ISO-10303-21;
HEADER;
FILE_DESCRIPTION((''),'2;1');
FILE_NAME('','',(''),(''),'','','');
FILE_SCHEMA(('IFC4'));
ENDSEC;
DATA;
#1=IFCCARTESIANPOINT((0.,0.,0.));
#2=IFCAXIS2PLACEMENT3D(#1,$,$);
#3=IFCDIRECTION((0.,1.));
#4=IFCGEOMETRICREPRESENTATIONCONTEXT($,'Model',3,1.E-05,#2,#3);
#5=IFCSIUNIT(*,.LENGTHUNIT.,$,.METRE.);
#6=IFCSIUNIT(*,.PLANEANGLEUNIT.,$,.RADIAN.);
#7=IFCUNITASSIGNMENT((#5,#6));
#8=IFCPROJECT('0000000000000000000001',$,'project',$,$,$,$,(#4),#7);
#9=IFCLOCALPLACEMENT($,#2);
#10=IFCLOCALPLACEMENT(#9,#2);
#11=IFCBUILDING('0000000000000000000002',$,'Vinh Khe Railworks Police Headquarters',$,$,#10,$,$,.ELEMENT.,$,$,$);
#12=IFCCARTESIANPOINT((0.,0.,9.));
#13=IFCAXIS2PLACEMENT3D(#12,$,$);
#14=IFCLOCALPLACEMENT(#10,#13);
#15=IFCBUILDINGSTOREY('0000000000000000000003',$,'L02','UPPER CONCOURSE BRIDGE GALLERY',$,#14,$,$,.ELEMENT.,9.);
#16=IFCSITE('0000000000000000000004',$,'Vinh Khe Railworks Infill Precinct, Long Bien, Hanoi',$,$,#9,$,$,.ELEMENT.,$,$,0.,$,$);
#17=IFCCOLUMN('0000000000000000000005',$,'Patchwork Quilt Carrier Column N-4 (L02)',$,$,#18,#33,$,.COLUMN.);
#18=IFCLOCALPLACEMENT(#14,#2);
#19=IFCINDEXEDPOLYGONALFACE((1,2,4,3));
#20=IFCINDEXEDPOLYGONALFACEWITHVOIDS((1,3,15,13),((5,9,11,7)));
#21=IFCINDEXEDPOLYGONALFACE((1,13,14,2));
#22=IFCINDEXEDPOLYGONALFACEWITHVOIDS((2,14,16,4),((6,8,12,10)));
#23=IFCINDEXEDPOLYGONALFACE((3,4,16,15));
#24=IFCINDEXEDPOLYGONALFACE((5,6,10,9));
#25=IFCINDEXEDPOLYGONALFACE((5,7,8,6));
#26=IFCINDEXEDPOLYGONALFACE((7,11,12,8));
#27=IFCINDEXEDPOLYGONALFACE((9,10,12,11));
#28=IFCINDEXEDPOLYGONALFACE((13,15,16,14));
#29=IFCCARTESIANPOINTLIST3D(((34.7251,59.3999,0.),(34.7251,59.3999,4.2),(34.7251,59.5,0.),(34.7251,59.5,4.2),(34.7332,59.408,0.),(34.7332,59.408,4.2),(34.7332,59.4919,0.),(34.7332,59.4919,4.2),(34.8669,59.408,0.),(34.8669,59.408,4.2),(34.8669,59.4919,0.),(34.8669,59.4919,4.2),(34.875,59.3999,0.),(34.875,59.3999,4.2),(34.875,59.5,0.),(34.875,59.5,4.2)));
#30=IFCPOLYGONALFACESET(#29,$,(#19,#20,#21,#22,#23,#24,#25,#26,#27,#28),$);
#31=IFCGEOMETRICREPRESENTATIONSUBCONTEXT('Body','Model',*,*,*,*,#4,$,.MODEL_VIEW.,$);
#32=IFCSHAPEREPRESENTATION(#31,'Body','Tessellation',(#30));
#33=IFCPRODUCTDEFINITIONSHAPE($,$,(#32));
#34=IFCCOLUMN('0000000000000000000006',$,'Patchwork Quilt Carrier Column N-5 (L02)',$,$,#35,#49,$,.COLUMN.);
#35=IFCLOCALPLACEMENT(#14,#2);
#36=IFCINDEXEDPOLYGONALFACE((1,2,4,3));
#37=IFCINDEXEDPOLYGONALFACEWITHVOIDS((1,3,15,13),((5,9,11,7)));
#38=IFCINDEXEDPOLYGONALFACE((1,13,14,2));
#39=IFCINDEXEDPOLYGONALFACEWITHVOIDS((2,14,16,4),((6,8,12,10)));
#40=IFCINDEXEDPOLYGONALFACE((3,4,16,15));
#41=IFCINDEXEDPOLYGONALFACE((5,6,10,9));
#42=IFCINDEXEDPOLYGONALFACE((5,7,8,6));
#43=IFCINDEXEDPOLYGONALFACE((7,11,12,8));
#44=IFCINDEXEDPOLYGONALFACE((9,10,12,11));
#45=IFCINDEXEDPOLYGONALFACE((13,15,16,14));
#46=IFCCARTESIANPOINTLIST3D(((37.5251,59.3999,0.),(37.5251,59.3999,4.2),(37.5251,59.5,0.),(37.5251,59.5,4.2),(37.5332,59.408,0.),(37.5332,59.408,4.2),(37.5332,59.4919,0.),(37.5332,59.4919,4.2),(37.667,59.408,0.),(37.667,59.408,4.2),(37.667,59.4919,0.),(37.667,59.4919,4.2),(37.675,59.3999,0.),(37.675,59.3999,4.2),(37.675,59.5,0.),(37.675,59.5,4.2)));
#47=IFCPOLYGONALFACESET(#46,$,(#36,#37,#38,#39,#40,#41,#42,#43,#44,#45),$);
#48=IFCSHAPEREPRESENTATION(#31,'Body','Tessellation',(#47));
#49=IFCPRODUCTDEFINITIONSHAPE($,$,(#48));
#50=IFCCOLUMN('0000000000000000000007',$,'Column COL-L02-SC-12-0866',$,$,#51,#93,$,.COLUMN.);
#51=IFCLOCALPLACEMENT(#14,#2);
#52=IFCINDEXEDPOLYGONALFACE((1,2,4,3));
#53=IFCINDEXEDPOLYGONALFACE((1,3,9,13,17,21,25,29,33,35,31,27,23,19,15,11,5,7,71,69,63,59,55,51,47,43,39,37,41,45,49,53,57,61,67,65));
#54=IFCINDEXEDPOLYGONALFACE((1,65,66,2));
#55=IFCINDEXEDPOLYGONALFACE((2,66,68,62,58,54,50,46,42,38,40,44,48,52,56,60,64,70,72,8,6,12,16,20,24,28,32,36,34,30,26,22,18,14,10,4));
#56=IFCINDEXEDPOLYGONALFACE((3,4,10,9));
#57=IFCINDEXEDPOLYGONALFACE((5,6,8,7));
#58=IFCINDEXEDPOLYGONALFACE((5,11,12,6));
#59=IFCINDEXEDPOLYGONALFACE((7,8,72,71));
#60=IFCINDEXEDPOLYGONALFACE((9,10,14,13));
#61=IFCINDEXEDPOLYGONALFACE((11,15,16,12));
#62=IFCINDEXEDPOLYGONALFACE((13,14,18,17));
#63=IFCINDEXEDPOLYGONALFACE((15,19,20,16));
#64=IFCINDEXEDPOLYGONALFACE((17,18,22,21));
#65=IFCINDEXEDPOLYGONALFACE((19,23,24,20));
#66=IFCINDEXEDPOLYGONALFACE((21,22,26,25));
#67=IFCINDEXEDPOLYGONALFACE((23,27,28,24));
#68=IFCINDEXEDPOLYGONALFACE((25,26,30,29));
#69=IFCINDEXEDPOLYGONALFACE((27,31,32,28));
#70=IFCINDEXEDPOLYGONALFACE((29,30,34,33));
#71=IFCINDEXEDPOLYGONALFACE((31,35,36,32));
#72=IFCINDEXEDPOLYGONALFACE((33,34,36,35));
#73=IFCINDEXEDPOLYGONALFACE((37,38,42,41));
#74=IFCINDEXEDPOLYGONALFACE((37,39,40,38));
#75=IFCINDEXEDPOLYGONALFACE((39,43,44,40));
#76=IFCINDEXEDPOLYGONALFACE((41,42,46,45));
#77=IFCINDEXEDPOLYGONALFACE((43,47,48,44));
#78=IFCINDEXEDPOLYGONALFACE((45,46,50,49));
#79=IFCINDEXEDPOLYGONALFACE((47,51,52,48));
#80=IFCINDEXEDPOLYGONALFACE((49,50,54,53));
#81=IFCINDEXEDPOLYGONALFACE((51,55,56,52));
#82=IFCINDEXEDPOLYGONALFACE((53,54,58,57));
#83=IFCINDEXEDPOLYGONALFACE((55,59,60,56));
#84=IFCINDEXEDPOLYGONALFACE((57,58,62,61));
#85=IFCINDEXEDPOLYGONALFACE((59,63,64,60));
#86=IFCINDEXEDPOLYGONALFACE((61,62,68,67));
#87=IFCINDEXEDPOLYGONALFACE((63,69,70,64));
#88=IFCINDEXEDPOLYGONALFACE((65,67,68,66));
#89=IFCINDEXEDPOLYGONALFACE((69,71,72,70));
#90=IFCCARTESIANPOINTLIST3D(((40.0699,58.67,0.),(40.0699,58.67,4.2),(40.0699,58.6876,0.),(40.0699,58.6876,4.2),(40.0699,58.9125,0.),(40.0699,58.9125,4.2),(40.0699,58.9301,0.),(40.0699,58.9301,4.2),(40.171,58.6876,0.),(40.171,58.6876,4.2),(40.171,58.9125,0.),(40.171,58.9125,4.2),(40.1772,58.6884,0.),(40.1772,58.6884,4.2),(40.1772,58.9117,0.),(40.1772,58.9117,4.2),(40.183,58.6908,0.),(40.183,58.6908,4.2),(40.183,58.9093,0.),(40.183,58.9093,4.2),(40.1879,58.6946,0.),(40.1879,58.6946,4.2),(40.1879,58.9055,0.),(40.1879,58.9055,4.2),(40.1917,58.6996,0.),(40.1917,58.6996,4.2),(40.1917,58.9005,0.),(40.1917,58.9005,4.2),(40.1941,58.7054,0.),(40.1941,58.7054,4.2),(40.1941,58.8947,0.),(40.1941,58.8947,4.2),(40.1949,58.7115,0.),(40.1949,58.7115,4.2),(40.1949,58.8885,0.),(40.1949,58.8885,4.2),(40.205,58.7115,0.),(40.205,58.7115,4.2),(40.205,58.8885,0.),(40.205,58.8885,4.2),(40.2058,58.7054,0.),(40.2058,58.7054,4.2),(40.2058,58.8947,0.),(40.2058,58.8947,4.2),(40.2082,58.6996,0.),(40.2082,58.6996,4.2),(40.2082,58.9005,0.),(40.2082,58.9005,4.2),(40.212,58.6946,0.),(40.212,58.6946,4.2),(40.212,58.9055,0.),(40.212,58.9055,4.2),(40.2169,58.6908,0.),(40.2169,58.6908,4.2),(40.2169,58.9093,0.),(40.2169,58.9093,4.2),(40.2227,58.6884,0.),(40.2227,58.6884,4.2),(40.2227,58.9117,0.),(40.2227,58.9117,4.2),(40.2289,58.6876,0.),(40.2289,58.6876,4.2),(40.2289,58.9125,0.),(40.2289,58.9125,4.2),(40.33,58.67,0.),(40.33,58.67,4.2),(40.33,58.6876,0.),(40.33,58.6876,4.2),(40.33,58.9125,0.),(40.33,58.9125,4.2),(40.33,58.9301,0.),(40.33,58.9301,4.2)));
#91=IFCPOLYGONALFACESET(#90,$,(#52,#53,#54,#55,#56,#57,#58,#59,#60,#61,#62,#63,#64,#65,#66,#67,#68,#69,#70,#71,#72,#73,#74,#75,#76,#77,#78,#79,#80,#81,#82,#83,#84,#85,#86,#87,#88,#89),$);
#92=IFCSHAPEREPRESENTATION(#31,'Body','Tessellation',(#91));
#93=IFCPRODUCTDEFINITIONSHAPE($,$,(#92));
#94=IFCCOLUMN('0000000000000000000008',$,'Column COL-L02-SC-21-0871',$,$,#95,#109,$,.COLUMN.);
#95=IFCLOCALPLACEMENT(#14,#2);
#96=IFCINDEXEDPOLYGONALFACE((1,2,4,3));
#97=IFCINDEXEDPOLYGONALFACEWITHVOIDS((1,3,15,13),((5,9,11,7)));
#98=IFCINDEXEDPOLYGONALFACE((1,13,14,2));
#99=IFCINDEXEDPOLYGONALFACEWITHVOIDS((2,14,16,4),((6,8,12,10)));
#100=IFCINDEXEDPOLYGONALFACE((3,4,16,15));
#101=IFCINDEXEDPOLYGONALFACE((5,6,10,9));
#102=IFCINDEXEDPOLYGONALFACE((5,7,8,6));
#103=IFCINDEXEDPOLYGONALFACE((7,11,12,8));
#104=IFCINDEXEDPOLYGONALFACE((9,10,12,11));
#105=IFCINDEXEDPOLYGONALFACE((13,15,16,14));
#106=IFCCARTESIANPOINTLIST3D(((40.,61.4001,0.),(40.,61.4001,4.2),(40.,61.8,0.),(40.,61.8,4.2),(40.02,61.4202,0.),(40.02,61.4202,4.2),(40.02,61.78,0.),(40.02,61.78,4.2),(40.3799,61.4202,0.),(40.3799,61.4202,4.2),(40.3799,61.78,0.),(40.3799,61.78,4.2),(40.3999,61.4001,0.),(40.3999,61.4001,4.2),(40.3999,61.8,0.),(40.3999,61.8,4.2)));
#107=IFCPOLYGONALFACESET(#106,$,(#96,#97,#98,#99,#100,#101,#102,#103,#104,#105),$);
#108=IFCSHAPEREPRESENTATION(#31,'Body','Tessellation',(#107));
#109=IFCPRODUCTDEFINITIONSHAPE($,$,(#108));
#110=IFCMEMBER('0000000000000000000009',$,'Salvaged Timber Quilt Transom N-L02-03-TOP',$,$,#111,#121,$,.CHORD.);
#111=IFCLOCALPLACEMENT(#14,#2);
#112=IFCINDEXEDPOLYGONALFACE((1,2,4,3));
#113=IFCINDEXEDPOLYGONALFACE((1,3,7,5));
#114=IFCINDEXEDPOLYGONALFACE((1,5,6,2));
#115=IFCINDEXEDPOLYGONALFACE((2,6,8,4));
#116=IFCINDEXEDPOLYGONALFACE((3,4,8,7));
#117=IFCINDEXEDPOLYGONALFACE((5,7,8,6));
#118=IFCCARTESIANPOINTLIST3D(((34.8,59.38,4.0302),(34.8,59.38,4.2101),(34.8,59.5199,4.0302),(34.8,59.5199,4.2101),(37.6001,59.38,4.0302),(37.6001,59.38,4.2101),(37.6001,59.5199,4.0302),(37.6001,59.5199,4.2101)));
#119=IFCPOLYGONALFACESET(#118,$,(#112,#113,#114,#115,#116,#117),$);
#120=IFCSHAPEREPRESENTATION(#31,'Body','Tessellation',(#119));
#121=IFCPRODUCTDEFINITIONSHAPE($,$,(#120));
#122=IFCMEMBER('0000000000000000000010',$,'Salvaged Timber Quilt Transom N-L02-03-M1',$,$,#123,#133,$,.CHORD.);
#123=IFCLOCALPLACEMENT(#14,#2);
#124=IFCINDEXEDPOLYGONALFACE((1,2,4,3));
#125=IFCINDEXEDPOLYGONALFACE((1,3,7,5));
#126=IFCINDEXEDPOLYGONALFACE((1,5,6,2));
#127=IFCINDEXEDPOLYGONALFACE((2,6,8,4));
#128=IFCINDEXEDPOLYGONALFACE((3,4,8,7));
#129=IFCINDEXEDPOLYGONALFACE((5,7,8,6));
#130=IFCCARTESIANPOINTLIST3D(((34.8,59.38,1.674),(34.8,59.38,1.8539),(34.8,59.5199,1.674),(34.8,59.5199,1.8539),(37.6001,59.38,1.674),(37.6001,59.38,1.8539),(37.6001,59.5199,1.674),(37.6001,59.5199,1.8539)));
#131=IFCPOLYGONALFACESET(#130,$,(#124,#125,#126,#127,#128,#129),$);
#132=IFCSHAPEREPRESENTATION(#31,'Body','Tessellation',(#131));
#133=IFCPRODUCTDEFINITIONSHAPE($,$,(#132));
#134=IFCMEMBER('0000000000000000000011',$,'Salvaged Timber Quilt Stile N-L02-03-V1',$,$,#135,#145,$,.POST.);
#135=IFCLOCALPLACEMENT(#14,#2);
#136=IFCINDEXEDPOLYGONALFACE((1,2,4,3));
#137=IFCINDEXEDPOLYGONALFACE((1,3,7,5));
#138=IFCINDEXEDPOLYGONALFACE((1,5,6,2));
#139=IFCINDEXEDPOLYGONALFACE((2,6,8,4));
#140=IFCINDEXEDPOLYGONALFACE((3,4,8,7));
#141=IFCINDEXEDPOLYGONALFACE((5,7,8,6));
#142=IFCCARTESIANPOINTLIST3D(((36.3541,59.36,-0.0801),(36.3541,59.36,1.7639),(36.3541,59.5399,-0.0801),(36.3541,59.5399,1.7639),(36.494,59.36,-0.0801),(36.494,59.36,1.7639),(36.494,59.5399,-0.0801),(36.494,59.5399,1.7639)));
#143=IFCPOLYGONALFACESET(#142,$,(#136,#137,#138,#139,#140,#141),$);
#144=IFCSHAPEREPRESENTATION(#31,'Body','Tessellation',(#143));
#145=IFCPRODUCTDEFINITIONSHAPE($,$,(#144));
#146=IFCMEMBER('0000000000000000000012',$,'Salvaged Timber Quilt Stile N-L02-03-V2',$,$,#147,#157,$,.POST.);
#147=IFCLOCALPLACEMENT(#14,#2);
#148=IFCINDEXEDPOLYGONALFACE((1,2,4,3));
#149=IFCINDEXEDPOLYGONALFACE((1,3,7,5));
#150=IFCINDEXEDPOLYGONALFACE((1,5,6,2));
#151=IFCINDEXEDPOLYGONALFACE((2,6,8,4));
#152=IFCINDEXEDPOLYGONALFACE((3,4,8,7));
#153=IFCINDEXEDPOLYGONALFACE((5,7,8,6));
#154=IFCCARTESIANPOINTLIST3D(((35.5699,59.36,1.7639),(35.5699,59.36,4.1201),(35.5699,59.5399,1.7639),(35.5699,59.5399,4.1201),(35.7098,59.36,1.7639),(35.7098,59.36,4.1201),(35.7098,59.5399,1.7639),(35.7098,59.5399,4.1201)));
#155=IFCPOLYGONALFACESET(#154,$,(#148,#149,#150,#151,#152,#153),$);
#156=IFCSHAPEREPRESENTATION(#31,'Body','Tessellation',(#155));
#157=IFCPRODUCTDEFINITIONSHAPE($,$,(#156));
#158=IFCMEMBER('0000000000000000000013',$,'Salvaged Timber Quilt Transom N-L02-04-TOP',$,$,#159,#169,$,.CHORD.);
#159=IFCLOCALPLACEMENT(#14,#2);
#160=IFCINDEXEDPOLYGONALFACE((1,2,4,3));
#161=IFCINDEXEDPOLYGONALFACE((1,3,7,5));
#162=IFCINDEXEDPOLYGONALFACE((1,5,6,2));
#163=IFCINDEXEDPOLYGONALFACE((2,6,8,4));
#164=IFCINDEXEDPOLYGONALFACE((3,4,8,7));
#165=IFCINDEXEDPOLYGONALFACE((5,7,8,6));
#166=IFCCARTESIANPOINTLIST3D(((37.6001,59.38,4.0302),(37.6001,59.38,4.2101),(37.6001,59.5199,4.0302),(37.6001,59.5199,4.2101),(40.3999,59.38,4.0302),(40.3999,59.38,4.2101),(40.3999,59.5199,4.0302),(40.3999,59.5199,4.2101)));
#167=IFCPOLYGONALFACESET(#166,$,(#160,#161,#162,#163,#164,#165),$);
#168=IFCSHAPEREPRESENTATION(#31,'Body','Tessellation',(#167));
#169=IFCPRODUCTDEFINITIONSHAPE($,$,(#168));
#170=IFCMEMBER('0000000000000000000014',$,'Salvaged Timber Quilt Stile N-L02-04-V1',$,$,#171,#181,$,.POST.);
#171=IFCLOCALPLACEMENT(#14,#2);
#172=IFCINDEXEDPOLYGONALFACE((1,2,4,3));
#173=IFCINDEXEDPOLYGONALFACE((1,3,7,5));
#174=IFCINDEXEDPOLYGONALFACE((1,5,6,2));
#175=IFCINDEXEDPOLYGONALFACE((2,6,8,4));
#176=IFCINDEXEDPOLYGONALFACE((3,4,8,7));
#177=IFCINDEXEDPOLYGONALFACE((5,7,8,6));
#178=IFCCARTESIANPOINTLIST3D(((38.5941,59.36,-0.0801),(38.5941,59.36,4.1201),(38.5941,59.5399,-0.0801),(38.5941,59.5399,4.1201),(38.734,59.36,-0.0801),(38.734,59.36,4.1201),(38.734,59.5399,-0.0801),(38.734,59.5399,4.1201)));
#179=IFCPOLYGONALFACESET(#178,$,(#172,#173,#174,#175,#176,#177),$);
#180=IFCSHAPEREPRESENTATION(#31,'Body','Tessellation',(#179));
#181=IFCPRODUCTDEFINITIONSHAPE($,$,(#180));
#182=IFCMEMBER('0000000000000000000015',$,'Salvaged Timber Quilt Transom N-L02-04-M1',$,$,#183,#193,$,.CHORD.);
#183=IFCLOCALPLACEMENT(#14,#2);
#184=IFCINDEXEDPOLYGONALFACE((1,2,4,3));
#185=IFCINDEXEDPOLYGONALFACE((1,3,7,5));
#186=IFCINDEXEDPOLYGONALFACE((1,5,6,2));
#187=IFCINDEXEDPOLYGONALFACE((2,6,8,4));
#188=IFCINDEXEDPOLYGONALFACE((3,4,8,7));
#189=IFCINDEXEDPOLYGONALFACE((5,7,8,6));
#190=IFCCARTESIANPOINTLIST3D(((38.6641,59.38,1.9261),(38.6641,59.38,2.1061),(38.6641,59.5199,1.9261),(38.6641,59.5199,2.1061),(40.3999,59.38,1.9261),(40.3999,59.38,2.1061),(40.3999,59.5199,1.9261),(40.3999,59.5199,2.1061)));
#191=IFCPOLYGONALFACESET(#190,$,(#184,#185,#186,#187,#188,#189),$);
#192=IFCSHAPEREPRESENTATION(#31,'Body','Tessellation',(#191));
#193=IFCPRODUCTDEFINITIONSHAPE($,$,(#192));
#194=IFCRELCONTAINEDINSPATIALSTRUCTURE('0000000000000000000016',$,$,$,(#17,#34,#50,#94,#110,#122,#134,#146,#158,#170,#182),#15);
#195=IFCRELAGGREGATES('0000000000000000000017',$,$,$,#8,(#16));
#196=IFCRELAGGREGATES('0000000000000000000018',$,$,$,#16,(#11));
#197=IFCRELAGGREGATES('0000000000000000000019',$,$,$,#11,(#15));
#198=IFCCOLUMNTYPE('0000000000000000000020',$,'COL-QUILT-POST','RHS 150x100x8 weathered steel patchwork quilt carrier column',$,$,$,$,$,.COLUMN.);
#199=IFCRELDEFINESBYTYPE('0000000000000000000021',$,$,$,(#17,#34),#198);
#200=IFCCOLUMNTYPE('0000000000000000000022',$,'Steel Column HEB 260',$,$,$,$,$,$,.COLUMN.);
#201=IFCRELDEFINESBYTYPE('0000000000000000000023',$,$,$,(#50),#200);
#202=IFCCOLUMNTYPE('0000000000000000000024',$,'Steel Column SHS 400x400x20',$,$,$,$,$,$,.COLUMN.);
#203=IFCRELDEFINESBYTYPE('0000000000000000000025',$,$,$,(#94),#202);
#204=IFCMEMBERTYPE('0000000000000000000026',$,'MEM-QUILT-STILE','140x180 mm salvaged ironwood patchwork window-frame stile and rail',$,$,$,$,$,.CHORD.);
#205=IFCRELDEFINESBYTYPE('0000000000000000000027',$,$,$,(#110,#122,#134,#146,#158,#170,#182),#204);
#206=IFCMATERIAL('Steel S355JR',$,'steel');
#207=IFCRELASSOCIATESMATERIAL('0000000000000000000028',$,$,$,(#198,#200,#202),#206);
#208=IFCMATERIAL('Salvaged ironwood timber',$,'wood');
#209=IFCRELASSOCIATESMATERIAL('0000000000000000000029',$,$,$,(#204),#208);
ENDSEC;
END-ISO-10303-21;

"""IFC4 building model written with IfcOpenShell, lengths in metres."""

from ifc_helpers import new_model, si_unit, direction, frame, origin, origin_2d, place, context, subcontext, project, spatial, rectangle, hollow_rectangle, i_section, extrude, material, material_profile, profile_set, type_object, element, save


model = new_model("IFC4")

# Units and contexts
model_context = context("Model", 3, precision=1e-05, world=origin(), true_north=direction((0.0, 1.0)))
body_context = subcontext(model_context, "Body", "Model", "MODEL_VIEW")
ifc_project = project(units=[si_unit("LENGTHUNIT", "METRE"), si_unit("PLANEANGLEUNIT", "RADIAN")], contexts=[model_context])

# Site, building, storey
site_placement = place(None, origin())
site = spatial("IfcSite", under=ifc_project, at=site_placement, Name="Vinh Khe Railworks Infill Precinct, Long Bien, Hanoi", CompositionType="ELEMENT", RefElevation=0.0)
building_placement = place(site_placement, origin())
building = spatial("IfcBuilding", under=site, at=building_placement, Name="Vinh Khe Railworks Police Headquarters", CompositionType="ELEMENT")
storey_placement = place(building_placement, frame((0.0, 0.0, 9.0)))
storey = spatial("IfcBuildingStorey", under=building, at=storey_placement, Name="L02", Description="UPPER CONCOURSE BRIDGE GALLERY", CompositionType="ELEMENT", Elevation=9.0)

# Columns
ifc_material_1 = material(Name="Steel S355JR", Category="steel")
ifc_material_profile_1 = material_profile(ifc_material_1, hollow_rectangle(XDim=0.1499, YDim=0.1001, WallThickness=0.0081, at=origin_2d()), Name="RHS 150x100x8")
ifc_profile_set_1 = profile_set([ifc_material_profile_1], Name="Steel S355JR")
column_type_1 = type_object("IfcColumnType", Name="COL-QUILT-POST", Description="RHS 150x100x8 weathered steel patchwork quilt carrier column", PredefinedType="COLUMN", material=ifc_profile_set_1)
for number, where, z_axis, x_axis, name in (
    (1, (34.8, 59.45, 0.0), (0.0, 0.0, 1.0), (1.0, 0.0, 0.0), "Patchwork Quilt Carrier Column N-4 (L02)"),
    (2, (37.6001, 59.45, 0.0), (0.0, 0.0, 1.0), (1.0, 0.0, 0.0), "Patchwork Quilt Carrier Column N-5 (L02)"),
):
    element("IfcColumn", number, at=place(storey_placement, frame(where, z_axis=z_axis, x_axis=x_axis)), inside=storey, type_object=column_type_1, Name=name, PredefinedType="COLUMN", context=body_context, shape_type="SweptSolid", body=[
        extrude(hollow_rectangle(XDim=0.1499, YDim=0.1001, WallThickness=0.0081, at=origin_2d()), origin(), (0.0, 0.0, 1.0), 4.2),
    ])
ifc_material_profile_2 = material_profile(ifc_material_1, i_section(OverallWidth=0.26, OverallDepth=0.26, WebThickness=0.01, FlangeThickness=0.0176, FilletRadius=0.0239, at=origin_2d()), Name="HEB 260")
ifc_profile_set_2 = profile_set([ifc_material_profile_2], Name="Steel S355JR")
column_type_2 = type_object("IfcColumnType", Name="Steel Column HEB 260", PredefinedType="COLUMN", material=ifc_profile_set_2)
column_1_placement = place(storey_placement, frame((40.2, 58.8, 0.0), z_axis=(0.0, 0.0, 1.0), x_axis=(1.0, 0.0, 0.0)))
element("IfcColumn", 3, at=column_1_placement, inside=storey, type_object=column_type_2, Name="Column COL-L02-SC-12-0866", PredefinedType="COLUMN", context=body_context, shape_type="SweptSolid", body=[
    extrude(i_section(OverallWidth=0.26, OverallDepth=0.26, WebThickness=0.01, FlangeThickness=0.0176, FilletRadius=0.0239, at=origin_2d()), origin(), (0.0, 0.0, 1.0), 4.2),
])
ifc_material_profile_3 = material_profile(ifc_material_1, hollow_rectangle(XDim=0.3999, YDim=0.3999, WallThickness=0.02, at=origin_2d()), Name="SHS 400x400x20")
ifc_profile_set_3 = profile_set([ifc_material_profile_3], Name="Steel S355JR")
column_type_3 = type_object("IfcColumnType", Name="Steel Column SHS 400x400x20", PredefinedType="COLUMN", material=ifc_profile_set_3)
column_2_placement = place(storey_placement, frame((40.2, 61.6001, 0.0), z_axis=(0.0, 0.0, 1.0), x_axis=(1.0, 0.0, 0.0)))
element("IfcColumn", 4, at=column_2_placement, inside=storey, type_object=column_type_3, Name="Column COL-L02-SC-21-0871", PredefinedType="COLUMN", context=body_context, shape_type="SweptSolid", body=[
    extrude(hollow_rectangle(XDim=0.3999, YDim=0.3999, WallThickness=0.02, at=origin_2d()), origin(), (0.0, 0.0, 1.0), 4.2),
])

# Members
ifc_material_2 = material(Name="Salvaged ironwood timber", Category="wood")
ifc_material_profile_4 = material_profile(ifc_material_2, rectangle(XDim=0.1399, YDim=0.1799, at=origin_2d()), Name="TIMBER 140x180")
ifc_profile_set_4 = profile_set([ifc_material_profile_4], Name="Salvaged ironwood timber")
member_type_1 = type_object("IfcMemberType", Name="MEM-QUILT-STILE", Description="140x180 mm salvaged ironwood patchwork window-frame stile and rail", PredefinedType="CHORD", material=ifc_profile_set_4)
for number, where, z_axis, x_axis, name in (
    (5, (34.8, 59.45, 4.1201), (1.0, 0.0, 0.0), (0.0, 1.0, 0.0), "Salvaged Timber Quilt Transom N-L02-03-TOP"),
    (6, (34.8, 59.45, 1.7639), (1.0, 0.0, 0.0), (0.0, 1.0, 0.0), "Salvaged Timber Quilt Transom N-L02-03-M1"),
):
    element("IfcMember", number, at=place(storey_placement, frame(where, z_axis=z_axis, x_axis=x_axis)), inside=storey, type_object=member_type_1, Name=name, PredefinedType="CHORD", context=body_context, shape_type="SweptSolid", body=[
        extrude(rectangle(XDim=0.1399, YDim=0.1799, at=origin_2d()), origin(), (0.0, 0.0, 1.0), 2.8),
    ])
member_1_placement = place(storey_placement, frame((36.4241, 59.45, -0.0801), z_axis=(0.0, 0.0, 1.0), x_axis=(1.0, 0.0, 0.0)))
element("IfcMember", 7, at=member_1_placement, inside=storey, type_object=member_type_1, Name="Salvaged Timber Quilt Stile N-L02-03-V1", PredefinedType="POST", context=body_context, shape_type="SweptSolid", body=[
    extrude(rectangle(XDim=0.1399, YDim=0.1799, at=origin_2d()), origin(), (0.0, 0.0, 1.0), 1.844),
])
member_2_placement = place(storey_placement, frame((35.6399, 59.45, 1.7639), z_axis=(0.0, 0.0, 1.0), x_axis=(1.0, 0.0, 0.0)))
element("IfcMember", 8, at=member_2_placement, inside=storey, type_object=member_type_1, Name="Salvaged Timber Quilt Stile N-L02-03-V2", PredefinedType="POST", context=body_context, shape_type="SweptSolid", body=[
    extrude(rectangle(XDim=0.1399, YDim=0.1799, at=origin_2d()), origin(), (0.0, 0.0, 1.0), 2.3562),
])
member_3_placement = place(storey_placement, frame((37.6001, 59.45, 4.1201), z_axis=(1.0, 0.0, 0.0), x_axis=(0.0, 1.0, 0.0)))
element("IfcMember", 9, at=member_3_placement, inside=storey, type_object=member_type_1, Name="Salvaged Timber Quilt Transom N-L02-04-TOP", PredefinedType="CHORD", context=body_context, shape_type="SweptSolid", body=[
    extrude(rectangle(XDim=0.1399, YDim=0.1799, at=origin_2d()), origin(), (0.0, 0.0, 1.0), 2.7998),
])
member_4_placement = place(storey_placement, frame((38.6641, 59.45, -0.0801), z_axis=(0.0, 0.0, 1.0), x_axis=(1.0, 0.0, 0.0)))
element("IfcMember", 10, at=member_4_placement, inside=storey, type_object=member_type_1, Name="Salvaged Timber Quilt Stile N-L02-04-V1", PredefinedType="POST", context=body_context, shape_type="SweptSolid", body=[
    extrude(rectangle(XDim=0.1399, YDim=0.1799, at=origin_2d()), origin(), (0.0, 0.0, 1.0), 4.2002),
])
member_5_placement = place(storey_placement, frame((38.6641, 59.45, 2.0161), z_axis=(1.0, 0.0, 0.0), x_axis=(0.0, 1.0, 0.0)))
element("IfcMember", 11, at=member_5_placement, inside=storey, type_object=member_type_1, Name="Salvaged Timber Quilt Transom N-L02-04-M1", PredefinedType="CHORD", context=body_context, shape_type="SweptSolid", body=[
    extrude(rectangle(XDim=0.1399, YDim=0.1799, at=origin_2d()), origin(), (0.0, 0.0, 1.0), 1.7358),
])

save(model, "model.ifc")
